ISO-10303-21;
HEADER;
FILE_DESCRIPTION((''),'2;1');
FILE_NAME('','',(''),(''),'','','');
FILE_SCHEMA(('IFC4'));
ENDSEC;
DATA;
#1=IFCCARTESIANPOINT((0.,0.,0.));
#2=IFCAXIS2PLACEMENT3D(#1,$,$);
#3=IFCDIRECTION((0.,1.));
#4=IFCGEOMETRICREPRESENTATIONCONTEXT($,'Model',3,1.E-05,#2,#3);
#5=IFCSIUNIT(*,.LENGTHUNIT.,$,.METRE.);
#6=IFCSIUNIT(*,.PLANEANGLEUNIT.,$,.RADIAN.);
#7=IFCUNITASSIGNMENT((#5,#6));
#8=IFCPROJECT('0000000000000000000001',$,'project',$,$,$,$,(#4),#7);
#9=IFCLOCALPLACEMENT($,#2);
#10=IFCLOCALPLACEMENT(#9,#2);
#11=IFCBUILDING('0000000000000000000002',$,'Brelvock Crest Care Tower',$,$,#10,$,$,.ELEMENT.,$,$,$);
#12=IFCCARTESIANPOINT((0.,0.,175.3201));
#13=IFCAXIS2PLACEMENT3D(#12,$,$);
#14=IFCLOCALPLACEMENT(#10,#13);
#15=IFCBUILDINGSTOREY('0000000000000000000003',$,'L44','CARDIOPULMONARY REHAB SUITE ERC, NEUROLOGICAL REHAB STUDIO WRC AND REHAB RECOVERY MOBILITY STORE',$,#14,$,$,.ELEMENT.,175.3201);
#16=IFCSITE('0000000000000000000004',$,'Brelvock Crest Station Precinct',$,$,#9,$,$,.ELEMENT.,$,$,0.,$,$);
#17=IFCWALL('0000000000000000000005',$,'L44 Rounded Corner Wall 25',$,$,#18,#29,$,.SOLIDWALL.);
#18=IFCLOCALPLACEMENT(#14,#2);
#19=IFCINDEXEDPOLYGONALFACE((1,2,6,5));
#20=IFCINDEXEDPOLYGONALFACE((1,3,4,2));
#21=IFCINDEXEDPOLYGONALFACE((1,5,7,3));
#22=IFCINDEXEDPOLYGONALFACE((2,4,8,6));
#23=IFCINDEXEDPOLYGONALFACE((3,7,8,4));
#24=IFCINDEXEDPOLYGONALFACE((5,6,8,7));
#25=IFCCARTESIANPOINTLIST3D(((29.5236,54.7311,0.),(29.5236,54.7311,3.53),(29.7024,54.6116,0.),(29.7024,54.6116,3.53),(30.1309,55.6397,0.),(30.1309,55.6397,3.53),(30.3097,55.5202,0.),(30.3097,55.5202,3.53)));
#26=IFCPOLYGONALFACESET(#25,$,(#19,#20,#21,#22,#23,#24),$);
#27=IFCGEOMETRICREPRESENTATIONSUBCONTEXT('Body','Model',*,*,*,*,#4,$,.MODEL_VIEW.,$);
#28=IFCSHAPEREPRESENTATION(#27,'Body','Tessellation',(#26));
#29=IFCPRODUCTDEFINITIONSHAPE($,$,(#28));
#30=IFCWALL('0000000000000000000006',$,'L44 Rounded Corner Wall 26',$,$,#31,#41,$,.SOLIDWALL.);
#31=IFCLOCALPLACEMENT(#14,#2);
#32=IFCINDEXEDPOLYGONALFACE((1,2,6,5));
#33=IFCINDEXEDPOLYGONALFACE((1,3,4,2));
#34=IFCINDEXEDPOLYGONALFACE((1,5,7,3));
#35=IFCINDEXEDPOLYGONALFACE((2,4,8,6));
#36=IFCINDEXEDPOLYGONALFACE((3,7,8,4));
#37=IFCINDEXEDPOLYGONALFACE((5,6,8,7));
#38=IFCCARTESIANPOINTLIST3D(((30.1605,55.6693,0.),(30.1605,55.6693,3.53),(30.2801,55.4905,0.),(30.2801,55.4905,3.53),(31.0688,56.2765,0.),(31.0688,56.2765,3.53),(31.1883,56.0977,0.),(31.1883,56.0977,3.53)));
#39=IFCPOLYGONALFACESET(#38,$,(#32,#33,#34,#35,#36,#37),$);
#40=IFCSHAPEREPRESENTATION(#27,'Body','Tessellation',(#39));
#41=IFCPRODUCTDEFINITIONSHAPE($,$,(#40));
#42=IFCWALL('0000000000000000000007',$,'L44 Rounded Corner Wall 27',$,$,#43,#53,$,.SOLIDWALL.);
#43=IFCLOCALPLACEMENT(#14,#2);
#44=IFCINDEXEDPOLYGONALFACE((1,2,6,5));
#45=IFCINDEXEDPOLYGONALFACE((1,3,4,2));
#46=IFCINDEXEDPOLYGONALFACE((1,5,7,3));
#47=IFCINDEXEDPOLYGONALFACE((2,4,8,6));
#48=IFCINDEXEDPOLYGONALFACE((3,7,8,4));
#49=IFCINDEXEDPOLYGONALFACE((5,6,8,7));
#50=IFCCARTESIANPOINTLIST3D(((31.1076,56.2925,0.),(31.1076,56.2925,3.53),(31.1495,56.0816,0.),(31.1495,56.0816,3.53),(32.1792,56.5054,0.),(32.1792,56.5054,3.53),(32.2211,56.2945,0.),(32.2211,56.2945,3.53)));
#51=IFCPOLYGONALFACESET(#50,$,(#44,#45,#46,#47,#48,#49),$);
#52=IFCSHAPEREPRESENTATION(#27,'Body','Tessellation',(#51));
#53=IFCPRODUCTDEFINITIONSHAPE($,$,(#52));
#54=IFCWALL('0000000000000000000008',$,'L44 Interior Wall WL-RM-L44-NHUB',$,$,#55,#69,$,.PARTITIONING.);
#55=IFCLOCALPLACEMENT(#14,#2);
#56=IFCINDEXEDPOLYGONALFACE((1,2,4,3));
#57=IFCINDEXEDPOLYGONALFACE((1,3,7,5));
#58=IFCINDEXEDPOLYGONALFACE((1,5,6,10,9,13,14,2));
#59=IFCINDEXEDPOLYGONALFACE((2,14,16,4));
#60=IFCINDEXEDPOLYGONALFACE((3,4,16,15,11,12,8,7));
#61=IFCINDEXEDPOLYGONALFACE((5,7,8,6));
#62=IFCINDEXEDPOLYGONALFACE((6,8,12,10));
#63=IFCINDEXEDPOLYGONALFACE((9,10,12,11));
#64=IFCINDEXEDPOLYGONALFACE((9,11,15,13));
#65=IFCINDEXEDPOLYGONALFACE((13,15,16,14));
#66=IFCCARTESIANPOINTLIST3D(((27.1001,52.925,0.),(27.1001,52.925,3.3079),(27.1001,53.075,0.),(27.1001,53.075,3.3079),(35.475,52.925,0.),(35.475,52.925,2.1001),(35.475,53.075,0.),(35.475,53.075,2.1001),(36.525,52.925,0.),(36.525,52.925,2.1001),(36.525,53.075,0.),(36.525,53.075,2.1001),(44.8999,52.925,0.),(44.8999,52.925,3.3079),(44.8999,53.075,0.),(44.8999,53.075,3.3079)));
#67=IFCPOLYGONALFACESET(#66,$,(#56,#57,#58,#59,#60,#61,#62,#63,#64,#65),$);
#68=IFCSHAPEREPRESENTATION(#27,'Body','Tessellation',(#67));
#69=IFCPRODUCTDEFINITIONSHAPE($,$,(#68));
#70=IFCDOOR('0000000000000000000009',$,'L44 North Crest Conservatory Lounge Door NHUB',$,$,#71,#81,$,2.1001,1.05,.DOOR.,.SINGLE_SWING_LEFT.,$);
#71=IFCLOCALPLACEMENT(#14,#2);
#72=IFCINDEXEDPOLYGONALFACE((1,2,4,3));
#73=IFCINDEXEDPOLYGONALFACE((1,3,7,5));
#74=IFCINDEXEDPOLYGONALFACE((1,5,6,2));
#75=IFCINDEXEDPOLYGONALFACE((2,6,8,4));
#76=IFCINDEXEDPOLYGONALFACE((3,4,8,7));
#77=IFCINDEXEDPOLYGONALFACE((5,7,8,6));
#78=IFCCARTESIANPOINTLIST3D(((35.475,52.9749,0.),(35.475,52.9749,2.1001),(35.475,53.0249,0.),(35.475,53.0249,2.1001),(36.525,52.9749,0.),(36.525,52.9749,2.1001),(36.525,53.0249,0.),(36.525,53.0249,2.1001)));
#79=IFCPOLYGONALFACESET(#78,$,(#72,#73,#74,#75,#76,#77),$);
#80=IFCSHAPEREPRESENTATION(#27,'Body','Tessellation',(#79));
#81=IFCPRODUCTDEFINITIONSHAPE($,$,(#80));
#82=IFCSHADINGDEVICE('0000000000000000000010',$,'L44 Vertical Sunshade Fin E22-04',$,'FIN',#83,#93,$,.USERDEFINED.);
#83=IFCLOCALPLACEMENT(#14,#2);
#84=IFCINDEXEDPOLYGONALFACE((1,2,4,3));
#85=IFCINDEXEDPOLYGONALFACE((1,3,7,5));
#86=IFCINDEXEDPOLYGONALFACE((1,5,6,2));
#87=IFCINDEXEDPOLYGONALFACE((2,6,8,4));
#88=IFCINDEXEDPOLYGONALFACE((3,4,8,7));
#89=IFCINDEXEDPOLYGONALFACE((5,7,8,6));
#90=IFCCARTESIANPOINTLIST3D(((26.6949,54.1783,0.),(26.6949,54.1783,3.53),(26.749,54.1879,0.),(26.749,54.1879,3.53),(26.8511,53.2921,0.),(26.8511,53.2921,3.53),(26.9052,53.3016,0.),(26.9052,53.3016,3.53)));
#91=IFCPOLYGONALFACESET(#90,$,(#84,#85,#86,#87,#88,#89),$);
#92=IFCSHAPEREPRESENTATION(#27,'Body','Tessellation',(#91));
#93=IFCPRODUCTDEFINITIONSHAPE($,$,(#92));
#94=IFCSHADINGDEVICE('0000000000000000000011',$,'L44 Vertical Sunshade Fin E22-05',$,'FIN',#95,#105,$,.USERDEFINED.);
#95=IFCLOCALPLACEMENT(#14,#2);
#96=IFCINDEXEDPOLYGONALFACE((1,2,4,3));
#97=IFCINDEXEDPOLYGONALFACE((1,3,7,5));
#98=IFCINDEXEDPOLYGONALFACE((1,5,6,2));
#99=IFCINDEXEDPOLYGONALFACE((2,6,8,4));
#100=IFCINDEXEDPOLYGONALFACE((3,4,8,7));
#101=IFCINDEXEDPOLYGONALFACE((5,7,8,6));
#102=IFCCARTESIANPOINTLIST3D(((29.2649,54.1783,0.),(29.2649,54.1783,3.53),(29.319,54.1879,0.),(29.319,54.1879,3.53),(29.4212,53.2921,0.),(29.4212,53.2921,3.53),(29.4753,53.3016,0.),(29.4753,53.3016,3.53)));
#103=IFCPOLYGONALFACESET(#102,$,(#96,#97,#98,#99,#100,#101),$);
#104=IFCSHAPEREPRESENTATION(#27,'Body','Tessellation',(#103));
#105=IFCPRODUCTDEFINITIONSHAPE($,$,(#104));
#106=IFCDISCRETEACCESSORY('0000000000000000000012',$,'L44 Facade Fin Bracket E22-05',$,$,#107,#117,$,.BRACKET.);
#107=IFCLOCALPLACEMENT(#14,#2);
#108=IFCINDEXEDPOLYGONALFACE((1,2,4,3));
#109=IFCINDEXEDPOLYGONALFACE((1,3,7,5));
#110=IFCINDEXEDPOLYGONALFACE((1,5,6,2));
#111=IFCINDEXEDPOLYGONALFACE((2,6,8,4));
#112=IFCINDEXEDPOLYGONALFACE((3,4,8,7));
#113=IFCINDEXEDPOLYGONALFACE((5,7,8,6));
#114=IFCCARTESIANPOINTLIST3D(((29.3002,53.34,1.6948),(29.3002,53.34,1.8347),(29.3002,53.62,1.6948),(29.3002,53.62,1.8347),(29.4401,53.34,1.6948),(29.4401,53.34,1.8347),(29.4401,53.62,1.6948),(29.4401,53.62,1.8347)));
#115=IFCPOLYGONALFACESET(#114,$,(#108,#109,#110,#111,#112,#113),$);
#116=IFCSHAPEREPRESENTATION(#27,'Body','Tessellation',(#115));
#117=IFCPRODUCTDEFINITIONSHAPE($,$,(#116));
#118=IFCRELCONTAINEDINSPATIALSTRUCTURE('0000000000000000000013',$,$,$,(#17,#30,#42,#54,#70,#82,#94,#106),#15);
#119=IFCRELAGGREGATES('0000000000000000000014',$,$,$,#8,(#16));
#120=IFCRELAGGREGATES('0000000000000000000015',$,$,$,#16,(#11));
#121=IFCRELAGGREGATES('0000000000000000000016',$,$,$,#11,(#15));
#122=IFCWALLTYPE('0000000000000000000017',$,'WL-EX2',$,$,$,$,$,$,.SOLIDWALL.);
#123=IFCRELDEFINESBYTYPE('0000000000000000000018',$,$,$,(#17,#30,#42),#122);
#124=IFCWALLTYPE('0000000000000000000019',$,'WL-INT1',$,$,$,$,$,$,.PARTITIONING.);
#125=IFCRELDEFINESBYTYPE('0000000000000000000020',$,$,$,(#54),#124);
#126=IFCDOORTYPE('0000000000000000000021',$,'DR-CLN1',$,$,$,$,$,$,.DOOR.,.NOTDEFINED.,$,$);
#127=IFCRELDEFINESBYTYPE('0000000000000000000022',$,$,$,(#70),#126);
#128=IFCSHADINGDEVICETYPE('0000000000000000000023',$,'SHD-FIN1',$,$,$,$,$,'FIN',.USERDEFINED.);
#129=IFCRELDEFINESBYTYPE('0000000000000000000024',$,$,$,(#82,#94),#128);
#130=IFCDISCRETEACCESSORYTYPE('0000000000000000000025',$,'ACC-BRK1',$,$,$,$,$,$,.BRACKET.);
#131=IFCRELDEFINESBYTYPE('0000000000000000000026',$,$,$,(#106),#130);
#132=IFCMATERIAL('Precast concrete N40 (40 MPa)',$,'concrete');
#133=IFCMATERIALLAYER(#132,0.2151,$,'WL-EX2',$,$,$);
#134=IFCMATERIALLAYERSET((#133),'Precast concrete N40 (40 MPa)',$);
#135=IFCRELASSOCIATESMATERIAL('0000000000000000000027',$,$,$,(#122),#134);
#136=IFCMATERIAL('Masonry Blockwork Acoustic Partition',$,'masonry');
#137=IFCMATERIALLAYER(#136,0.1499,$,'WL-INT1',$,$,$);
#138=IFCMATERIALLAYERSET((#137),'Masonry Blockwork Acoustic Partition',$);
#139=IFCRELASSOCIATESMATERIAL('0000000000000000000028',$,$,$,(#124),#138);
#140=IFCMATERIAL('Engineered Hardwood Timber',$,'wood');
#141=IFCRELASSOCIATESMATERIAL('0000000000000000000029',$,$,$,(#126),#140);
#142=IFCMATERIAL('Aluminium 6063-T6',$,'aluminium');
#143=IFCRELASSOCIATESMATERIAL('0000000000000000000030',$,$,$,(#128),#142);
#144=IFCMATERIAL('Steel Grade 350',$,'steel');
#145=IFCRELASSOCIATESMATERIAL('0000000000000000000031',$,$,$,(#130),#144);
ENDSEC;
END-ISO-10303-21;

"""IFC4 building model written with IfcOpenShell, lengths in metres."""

from ifc_helpers import new_model, si_unit, direction, frame, frame_2d, origin, origin_2d, place, context, subcontext, project, spatial, rectangle, extrude, source, transform, mapped, material, layer, layer_set, material_profile, profile_set, type_object, element, fill, save


model = new_model("IFC4")

# Units and contexts
model_context = context("Model", 3, precision=1e-05, world=origin(), true_north=direction((0.0, 1.0)))
body_context = subcontext(model_context, "Body", "Model", "MODEL_VIEW")
ifc_project = project(units=[si_unit("LENGTHUNIT", "METRE"), si_unit("PLANEANGLEUNIT", "RADIAN")], contexts=[model_context])

# Site, building, storey
site_placement = place(None, origin())
site = spatial("IfcSite", under=ifc_project, at=site_placement, Name="Brelvock Crest Station Precinct", CompositionType="ELEMENT", RefElevation=0.0)
building_placement = place(site_placement, origin())
building = spatial("IfcBuilding", under=site, at=building_placement, Name="Brelvock Crest Care Tower", CompositionType="ELEMENT")
storey_placement = place(building_placement, frame((0.0, 0.0, 175.3201)))
storey = spatial("IfcBuildingStorey", under=building, at=storey_placement, Name="L44", Description="CARDIOPULMONARY REHAB SUITE ERC, NEUROLOGICAL REHAB STUDIO WRC AND REHAB RECOVERY MOBILITY STORE", CompositionType="ELEMENT", Elevation=175.3201)

# Shared definitions
ifc_material_1 = material(Name="Steel Grade 350", Category="steel")

# Shared definitions
ifc_material_2 = material(Name="Aluminium 6063-T6", Category="aluminium")

# Walls
ifc_material_3 = material(Name="Precast concrete N40 (40 MPa)", Category="concrete")
ifc_layer_1 = layer(ifc_material_3, 0.2151, Name="WL-EX2")
ifc_layer_set_1 = layer_set([ifc_layer_1], Name="Precast concrete N40 (40 MPa)")
wall_type_1 = type_object("IfcWallType", Name="WL-EX2", PredefinedType="SOLIDWALL", material=ifc_layer_set_1)
wall_1_placement = place(storey_placement, frame((29.613, 54.6714, 0.0), z_axis=(0.0, 0.0, 1.0), x_axis=(0.555679, 0.831397, 0.0)))
element("IfcWall", 1, at=wall_1_placement, inside=storey, type_object=wall_type_1, Name="L44 Rounded Corner Wall 25", PredefinedType="SOLIDWALL", context=body_context, shape_type="SweptSolid", body=[
    extrude(rectangle(XDim=1.0928, YDim=0.2151, at=frame_2d((0.5464, 0.0))), origin(), (0.0, 0.0, 1.0), 3.53),
])
for number, where, z_axis, x_axis, name in (
    (2, (30.2202, 55.5798, 0.0), (0.0, 0.0, 1.0), (0.831328, 0.555783, 0.0), "L44 Rounded Corner Wall 26"),
    (3, (31.1284, 56.187, 0.0), (0.0, 0.0, 1.0), (0.980829, 0.19487, 0.0), "L44 Rounded Corner Wall 27"),
):
    element("IfcWall", number, at=place(storey_placement, frame(where, z_axis=z_axis, x_axis=x_axis)), inside=storey, type_object=wall_type_1, Name=name, PredefinedType="SOLIDWALL", context=body_context, shape_type="SweptSolid", body=[
        extrude(rectangle(XDim=1.0925, YDim=0.2151, at=frame_2d((0.5464, 0.0))), origin(), (0.0, 0.0, 1.0), 3.53),
    ])

# Wall, opening, door
ifc_material_4 = material(Name="Masonry Blockwork Acoustic Partition", Category="masonry")
ifc_layer_2 = layer(ifc_material_4, 0.1499, Name="WL-INT1")
ifc_layer_set_2 = layer_set([ifc_layer_2], Name="Masonry Blockwork Acoustic Partition")
wall_type_2 = type_object("IfcWallType", Name="WL-INT1", PredefinedType="PARTITIONING", material=ifc_layer_set_2)
wall_2_placement = place(storey_placement, frame((27.1001, 53.0, 0.0), z_axis=(0.0, 0.0, 1.0), x_axis=(1.0, 0.0, 0.0)))
wall_2 = element("IfcWall", 4, at=wall_2_placement, inside=storey, type_object=wall_type_2, Name="L44 Interior Wall WL-RM-L44-NHUB", PredefinedType="PARTITIONING", context=body_context, shape_type="SweptSolid", body=[
    extrude(rectangle(XDim=17.7998, YDim=0.1499, at=frame_2d((8.8999, 0.0))), origin(), (0.0, 0.0, 1.0), 3.3079),
])
opening_placement = place(wall_2_placement, frame((8.375, 0.0, 0.0)))
opening = element("IfcOpeningElement", 5, at=opening_placement, cuts=wall_2, PredefinedType="OPENING", context=body_context, shape_type="SweptSolid", body=[
    extrude(rectangle(XDim=1.05, YDim=2.1001, at=origin_2d()), frame((0.5249, 0.085, 1.05), z_axis=(0.0, -1.0, 0.0), x_axis=(1.0, 0.0, 0.0)), (0.0, 0.0, 1.0), 0.1699),
])
ifc_material_5 = material(Name="Engineered Hardwood Timber", Category="wood")
door_type = type_object("IfcDoorType", Name="DR-CLN1", OperationType="NOTDEFINED", PredefinedType="DOOR", material=ifc_material_5)
shared_shape_1 = source(origin(), body_context, "Body", "SweptSolid", [
    extrude(rectangle(XDim=1.05, YDim=2.1001, at=origin_2d()), frame((0.5249, 0.0249, 1.05), z_axis=(0.0, -1.0, 0.0), x_axis=(1.0, 0.0, 0.0)), (0.0, 0.0, 1.0), 0.05),
])
door_placement = place(opening_placement, origin())
door = element("IfcDoor", 6, at=door_placement, inside=storey, type_object=door_type, Name="L44 North Crest Conservatory Lounge Door NHUB", OperationType="SINGLE_SWING_LEFT", OverallHeight=2.1001, OverallWidth=1.05, PredefinedType="DOOR", context=body_context, shape_type="MappedRepresentation", body=[
    mapped(shared_shape_1, transform((0.0, 0.0, 0.0), x_axis=(1.0, 0.0, 0.0), y_axis=(0.0, 1.0, 0.0), z_axis=(0.0, 0.0, 1.0), scale=1.0)),
])
fill(opening, door)

# Shading devices
ifc_material_profile_1 = material_profile(ifc_material_2, rectangle(XDim=0.0549, YDim=0.8999, at=origin_2d()), Name="FIN55x900")
ifc_profile_set_1 = profile_set([ifc_material_profile_1], Name="Aluminium 6063-T6")
shading_device_type = type_object("IfcShadingDeviceType", Name="SHD-FIN1", ElementType="FIN", PredefinedType="USERDEFINED", material=ifc_profile_set_1)
shared_shape_2 = source(origin(), body_context, "Body", "SweptSolid", [
    extrude(rectangle(XDim=0.0549, YDim=0.8999, at=origin_2d()), origin(), (0.0, 0.0, 1.0), 3.53),
])
for number, where, z_axis, x_axis, name in (
    (7, (26.8, 53.74, 0.0), (0.0, 0.0, 1.0), (0.984808, 0.173648, 0.0), "L44 Vertical Sunshade Fin E22-04"),
    (8, (29.3701, 53.74, 0.0), (0.0, 0.0, 1.0), (0.984808, 0.173648, 0.0), "L44 Vertical Sunshade Fin E22-05"),
):
    element("IfcShadingDevice", number, at=place(storey_placement, frame(where, z_axis=z_axis, x_axis=x_axis)), inside=storey, type_object=shading_device_type, Name=name, ObjectType="FIN", PredefinedType="USERDEFINED", context=body_context, shape_type="MappedRepresentation", body=[
        mapped(shared_shape_2, transform((0.0, 0.0, 0.0), x_axis=(1.0, 0.0, 0.0), y_axis=(0.0, 1.0, 0.0), z_axis=(0.0, 0.0, 1.0), scale=1.0)),
    ])

# Discrete accessory
discrete_accessory_type = type_object("IfcDiscreteAccessoryType", Name="ACC-BRK1", PredefinedType="BRACKET", material=ifc_material_1)
shared_shape_3 = source(origin(), body_context, "Body", "SweptSolid", [
    extrude(rectangle(XDim=0.28, YDim=0.1399, at=origin_2d()), origin(), (0.0, 0.0, 1.0), 0.1399),
])
discrete_accessory_placement = place(storey_placement, frame((29.3701, 53.48, 1.6948), z_axis=(0.0, 0.0, 1.0), x_axis=(0.0, 1.0, 0.0)))
element("IfcDiscreteAccessory", 9, at=discrete_accessory_placement, inside=storey, type_object=discrete_accessory_type, Name="L44 Facade Fin Bracket E22-05", PredefinedType="BRACKET", context=body_context, shape_type="MappedRepresentation", body=[
    mapped(shared_shape_3, transform((0.0, 0.0, 0.0), x_axis=(1.0, 0.0, 0.0), y_axis=(0.0, 1.0, 0.0), z_axis=(0.0, 0.0, 1.0), scale=1.0)),
])

save(model, "model.ifc")
